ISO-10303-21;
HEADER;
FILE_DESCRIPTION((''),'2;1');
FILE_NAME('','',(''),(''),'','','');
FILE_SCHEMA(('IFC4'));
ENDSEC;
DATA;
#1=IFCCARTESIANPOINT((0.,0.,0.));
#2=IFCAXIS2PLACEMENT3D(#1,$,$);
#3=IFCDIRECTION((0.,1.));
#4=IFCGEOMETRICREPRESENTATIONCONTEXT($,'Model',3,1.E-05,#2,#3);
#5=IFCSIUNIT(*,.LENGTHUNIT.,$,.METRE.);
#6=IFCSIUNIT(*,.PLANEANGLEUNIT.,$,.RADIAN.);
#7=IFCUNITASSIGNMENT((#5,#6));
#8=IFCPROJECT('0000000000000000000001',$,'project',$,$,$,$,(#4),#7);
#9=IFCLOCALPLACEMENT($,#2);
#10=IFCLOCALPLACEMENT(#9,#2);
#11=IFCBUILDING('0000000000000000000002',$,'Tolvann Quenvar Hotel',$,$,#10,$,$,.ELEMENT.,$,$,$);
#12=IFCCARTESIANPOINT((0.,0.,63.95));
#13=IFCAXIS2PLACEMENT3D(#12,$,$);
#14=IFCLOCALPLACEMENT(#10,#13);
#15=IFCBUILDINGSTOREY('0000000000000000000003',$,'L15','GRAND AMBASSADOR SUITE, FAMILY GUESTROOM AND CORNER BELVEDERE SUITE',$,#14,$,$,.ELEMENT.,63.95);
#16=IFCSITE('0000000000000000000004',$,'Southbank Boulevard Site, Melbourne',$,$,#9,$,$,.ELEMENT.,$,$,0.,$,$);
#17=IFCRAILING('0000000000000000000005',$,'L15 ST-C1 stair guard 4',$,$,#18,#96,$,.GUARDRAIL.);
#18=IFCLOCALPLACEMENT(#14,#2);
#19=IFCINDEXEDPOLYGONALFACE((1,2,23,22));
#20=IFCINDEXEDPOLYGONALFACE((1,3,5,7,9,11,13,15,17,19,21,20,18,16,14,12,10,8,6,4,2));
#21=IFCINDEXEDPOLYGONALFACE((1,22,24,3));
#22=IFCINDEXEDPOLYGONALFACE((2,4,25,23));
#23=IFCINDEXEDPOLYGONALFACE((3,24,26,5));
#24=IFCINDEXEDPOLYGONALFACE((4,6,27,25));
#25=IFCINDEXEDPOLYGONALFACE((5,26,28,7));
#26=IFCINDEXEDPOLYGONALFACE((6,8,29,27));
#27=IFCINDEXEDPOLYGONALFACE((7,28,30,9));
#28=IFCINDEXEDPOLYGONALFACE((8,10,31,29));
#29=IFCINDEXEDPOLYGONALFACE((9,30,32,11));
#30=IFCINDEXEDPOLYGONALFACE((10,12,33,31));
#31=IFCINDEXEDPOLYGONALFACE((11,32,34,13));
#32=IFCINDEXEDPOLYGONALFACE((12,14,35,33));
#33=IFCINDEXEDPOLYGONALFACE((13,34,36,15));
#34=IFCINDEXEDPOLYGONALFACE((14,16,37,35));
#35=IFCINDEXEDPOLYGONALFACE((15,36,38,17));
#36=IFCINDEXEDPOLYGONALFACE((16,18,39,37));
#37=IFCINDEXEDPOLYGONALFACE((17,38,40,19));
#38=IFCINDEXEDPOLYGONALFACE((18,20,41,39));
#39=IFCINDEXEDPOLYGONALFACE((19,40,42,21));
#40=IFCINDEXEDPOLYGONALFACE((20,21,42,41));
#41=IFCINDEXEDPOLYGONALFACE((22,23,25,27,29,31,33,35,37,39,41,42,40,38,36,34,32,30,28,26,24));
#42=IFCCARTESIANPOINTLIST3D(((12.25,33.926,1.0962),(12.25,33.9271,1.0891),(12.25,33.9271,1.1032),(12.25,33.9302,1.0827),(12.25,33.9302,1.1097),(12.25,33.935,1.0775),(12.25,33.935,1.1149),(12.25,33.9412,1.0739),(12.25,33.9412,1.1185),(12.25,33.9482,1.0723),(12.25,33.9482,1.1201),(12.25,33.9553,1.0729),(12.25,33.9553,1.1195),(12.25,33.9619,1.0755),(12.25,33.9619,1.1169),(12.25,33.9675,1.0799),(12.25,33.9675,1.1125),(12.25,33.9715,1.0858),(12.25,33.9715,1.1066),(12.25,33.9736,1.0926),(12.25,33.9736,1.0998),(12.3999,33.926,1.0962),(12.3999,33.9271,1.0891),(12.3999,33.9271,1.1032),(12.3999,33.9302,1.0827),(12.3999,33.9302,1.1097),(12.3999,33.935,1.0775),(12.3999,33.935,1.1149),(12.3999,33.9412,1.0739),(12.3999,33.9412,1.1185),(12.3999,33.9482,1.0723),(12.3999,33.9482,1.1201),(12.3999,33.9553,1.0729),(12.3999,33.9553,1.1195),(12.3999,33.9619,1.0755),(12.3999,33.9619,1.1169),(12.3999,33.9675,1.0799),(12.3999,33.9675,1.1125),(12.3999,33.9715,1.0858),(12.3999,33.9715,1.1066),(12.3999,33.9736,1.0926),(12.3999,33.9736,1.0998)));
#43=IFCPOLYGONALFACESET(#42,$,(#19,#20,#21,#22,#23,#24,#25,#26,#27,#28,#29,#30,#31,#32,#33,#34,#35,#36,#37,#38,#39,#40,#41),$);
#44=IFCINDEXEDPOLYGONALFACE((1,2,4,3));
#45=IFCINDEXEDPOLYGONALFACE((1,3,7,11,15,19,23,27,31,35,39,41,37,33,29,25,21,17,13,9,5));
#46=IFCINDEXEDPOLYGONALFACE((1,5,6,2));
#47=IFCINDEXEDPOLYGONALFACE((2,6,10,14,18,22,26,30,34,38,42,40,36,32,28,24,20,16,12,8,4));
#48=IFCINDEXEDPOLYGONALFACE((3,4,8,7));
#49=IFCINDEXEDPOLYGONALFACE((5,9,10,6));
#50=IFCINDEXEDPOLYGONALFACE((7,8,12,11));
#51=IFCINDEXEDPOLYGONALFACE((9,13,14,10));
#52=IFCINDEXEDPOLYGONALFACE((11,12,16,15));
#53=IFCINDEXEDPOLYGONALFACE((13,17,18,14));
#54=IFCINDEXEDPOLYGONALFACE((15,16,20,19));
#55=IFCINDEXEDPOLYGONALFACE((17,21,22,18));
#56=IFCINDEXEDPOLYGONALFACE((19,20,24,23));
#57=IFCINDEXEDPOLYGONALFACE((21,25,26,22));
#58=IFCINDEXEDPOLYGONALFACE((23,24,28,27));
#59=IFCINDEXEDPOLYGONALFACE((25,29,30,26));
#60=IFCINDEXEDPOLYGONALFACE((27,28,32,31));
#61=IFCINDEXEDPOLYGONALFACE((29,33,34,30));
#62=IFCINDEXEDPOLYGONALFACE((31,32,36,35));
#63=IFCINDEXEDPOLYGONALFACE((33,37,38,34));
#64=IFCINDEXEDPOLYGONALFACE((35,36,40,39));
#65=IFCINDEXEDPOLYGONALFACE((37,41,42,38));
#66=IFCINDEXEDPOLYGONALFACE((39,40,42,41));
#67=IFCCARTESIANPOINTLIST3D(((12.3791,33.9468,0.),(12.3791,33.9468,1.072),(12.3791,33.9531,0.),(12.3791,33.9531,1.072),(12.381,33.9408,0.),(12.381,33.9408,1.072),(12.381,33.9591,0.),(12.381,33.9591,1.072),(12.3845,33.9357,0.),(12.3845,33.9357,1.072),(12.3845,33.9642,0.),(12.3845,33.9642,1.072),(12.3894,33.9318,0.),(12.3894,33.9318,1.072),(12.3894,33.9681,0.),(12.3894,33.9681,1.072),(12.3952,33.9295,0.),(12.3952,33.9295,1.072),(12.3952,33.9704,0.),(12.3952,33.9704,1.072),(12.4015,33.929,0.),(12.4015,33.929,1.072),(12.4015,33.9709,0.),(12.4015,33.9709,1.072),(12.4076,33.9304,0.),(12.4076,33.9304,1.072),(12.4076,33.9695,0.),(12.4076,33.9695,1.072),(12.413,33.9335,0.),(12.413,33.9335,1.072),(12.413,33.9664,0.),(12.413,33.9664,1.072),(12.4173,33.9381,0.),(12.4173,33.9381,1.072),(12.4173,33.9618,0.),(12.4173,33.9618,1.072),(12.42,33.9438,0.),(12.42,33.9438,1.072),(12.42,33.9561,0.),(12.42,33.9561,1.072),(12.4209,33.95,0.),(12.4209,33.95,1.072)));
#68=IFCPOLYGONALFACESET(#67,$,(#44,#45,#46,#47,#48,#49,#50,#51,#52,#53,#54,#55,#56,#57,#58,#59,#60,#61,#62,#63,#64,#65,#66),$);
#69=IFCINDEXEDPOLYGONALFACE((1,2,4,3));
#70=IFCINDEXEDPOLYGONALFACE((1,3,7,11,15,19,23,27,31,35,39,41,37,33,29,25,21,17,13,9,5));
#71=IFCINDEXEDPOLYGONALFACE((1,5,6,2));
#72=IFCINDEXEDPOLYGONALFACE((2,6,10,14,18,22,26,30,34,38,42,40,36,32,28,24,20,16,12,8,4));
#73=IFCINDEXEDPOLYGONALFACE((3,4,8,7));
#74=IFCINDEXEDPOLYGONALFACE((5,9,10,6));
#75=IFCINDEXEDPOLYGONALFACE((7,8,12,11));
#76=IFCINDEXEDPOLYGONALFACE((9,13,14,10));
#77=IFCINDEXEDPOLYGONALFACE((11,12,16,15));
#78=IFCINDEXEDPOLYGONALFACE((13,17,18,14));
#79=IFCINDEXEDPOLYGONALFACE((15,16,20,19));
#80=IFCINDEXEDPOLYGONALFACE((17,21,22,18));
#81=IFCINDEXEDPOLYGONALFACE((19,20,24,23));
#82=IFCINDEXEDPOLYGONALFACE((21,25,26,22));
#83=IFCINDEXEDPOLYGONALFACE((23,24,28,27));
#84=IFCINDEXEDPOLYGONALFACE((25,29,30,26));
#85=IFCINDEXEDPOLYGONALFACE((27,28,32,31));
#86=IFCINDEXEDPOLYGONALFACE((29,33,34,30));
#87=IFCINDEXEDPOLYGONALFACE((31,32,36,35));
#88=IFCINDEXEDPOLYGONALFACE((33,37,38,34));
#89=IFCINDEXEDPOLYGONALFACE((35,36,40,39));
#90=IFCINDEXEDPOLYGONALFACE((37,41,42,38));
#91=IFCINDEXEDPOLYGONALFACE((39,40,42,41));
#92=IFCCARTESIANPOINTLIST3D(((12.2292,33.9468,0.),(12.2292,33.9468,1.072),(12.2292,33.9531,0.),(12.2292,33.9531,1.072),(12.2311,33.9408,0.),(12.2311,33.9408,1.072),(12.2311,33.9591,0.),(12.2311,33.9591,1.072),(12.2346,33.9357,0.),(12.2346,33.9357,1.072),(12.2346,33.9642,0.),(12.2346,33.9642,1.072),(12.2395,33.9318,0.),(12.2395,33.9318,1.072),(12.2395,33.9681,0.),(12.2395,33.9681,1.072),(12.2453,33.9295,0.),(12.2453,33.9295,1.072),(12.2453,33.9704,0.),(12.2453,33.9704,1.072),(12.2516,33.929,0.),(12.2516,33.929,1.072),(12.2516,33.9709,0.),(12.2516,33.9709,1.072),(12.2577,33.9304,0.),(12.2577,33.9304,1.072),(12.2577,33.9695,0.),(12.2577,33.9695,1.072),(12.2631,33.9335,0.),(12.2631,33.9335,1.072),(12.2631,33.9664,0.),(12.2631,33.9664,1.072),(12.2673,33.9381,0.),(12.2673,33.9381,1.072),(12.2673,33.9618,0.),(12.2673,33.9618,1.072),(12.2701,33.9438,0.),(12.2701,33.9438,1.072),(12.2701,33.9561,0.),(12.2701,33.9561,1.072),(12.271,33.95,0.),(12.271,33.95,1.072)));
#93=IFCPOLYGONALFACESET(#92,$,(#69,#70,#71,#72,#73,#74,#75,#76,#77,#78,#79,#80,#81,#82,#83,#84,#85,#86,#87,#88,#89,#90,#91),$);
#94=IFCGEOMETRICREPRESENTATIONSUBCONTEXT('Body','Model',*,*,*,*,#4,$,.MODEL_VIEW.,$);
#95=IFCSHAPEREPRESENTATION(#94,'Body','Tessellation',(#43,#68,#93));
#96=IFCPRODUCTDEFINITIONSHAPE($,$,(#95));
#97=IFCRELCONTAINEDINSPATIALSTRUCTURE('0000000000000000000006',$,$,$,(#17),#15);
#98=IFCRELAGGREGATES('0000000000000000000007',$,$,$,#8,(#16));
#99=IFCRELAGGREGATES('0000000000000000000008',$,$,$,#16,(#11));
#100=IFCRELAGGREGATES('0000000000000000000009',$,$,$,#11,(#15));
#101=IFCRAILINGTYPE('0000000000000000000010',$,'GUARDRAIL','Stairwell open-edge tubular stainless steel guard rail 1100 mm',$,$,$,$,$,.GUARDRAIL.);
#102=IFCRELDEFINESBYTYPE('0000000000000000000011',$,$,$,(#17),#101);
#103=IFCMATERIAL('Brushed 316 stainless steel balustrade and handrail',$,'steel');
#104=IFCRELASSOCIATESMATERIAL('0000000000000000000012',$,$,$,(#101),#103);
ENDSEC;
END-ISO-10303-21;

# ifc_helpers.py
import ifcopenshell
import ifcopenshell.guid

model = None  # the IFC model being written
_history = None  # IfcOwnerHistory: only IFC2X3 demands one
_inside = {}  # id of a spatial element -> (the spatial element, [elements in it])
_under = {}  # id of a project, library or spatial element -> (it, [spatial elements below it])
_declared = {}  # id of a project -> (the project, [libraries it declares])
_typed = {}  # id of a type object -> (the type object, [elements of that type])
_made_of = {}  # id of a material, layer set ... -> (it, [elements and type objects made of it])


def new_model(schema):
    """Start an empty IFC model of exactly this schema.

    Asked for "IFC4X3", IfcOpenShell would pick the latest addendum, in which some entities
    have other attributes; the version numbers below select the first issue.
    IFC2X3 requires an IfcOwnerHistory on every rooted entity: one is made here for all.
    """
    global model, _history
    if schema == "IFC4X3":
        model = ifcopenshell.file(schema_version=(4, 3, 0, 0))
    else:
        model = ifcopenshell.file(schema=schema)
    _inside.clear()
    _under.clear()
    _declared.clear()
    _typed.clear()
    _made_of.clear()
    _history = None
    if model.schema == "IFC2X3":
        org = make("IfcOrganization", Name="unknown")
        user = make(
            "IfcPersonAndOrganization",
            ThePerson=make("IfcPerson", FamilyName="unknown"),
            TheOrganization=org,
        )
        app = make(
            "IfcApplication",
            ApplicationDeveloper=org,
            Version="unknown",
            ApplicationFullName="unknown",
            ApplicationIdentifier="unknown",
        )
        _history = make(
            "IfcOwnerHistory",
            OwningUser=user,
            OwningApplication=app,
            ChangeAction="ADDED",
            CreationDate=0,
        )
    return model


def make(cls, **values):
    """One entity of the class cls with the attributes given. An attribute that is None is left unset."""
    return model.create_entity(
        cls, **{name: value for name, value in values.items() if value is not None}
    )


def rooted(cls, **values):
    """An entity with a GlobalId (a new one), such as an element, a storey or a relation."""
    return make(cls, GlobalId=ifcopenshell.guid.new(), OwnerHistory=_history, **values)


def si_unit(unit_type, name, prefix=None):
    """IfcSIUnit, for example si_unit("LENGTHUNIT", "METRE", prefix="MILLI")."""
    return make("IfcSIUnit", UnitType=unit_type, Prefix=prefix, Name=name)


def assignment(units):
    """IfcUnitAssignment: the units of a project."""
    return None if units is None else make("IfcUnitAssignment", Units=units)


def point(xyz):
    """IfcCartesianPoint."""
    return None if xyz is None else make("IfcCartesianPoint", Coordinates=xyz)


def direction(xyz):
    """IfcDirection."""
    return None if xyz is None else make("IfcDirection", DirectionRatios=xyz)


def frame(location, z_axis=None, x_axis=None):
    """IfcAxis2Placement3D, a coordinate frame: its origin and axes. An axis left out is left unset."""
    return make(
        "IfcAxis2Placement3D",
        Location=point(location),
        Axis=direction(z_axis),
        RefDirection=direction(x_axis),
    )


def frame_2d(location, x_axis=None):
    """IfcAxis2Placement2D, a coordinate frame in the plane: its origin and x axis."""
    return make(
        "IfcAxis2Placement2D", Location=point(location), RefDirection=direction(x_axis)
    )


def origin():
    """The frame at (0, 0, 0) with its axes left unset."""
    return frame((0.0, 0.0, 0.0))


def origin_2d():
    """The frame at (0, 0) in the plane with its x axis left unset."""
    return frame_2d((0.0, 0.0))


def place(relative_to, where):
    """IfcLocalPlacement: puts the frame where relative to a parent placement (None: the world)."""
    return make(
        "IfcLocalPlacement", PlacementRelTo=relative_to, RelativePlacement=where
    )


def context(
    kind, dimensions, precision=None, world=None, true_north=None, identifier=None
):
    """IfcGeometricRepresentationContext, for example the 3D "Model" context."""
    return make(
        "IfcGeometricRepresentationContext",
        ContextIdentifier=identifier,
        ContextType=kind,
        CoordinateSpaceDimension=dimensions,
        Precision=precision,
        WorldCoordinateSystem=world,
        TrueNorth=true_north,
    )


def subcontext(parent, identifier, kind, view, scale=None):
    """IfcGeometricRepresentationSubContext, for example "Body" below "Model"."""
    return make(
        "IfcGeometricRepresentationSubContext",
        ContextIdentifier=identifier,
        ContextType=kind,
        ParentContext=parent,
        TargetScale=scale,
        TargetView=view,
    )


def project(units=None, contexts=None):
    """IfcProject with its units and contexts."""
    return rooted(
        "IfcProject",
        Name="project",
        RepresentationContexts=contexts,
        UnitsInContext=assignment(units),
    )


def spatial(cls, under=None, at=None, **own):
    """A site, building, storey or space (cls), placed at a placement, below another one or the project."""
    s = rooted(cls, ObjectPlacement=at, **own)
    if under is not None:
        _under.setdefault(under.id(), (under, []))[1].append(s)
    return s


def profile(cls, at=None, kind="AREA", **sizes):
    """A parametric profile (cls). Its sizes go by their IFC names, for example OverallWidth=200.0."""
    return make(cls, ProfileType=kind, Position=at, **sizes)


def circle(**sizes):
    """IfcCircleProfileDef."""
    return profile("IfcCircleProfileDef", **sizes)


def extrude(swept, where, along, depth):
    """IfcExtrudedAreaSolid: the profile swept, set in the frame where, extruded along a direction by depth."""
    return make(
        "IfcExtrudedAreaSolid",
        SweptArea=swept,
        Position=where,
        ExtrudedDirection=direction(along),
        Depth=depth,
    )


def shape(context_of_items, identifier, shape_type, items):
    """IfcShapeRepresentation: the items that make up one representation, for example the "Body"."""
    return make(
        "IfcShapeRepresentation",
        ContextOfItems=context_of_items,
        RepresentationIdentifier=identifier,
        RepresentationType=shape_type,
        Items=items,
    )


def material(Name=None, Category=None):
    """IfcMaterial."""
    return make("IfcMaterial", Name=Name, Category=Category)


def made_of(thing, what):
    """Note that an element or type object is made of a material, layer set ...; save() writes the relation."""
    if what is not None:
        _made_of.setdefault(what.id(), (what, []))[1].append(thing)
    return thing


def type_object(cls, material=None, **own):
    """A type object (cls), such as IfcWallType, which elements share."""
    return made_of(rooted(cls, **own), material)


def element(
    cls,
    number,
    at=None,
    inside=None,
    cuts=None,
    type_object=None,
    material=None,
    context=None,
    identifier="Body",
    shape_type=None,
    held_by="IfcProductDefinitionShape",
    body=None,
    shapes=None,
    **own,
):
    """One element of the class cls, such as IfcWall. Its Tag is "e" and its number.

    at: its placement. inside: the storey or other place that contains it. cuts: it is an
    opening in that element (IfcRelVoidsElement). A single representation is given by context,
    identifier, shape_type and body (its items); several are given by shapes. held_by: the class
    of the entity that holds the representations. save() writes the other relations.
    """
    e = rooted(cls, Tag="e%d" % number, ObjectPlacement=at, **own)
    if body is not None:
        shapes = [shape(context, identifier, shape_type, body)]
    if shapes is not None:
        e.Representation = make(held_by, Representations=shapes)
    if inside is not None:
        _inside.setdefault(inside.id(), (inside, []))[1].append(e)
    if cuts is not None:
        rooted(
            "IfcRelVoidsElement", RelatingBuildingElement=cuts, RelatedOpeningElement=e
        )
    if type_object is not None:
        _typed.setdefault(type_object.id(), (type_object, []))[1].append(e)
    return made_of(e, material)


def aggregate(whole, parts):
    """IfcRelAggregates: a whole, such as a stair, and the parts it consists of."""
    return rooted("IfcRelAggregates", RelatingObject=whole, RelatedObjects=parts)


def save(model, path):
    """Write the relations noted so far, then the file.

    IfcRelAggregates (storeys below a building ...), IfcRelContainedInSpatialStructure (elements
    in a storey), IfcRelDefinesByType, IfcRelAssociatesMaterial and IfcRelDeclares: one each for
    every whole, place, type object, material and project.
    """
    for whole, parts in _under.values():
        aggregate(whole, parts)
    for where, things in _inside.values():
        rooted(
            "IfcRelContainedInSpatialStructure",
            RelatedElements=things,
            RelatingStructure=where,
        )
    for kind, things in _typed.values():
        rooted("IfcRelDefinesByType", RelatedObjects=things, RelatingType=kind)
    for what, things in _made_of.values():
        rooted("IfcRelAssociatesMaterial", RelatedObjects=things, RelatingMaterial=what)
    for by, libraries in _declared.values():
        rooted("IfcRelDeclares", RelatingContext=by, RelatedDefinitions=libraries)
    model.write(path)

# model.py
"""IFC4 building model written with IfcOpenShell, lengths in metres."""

from ifc_helpers import new_model, si_unit, direction, frame, origin, origin_2d, place, context, subcontext, project, spatial, circle, extrude, material, type_object, element, save


model = new_model("IFC4")

# Units and contexts
model_context = context("Model", 3, precision=1e-05, world=origin(), true_north=direction((0.0, 1.0)))
body_context = subcontext(model_context, "Body", "Model", "MODEL_VIEW")
ifc_project = project(units=[si_unit("LENGTHUNIT", "METRE"), si_unit("PLANEANGLEUNIT", "RADIAN")], contexts=[model_context])

# Site, building, storey
site_placement = place(None, origin())
site = spatial("IfcSite", under=ifc_project, at=site_placement, Name="Southbank Boulevard Site, Melbourne", CompositionType="ELEMENT", RefElevation=0.0)
building_placement = place(site_placement, origin())
building = spatial("IfcBuilding", under=site, at=building_placement, Name="Tolvann Quenvar Hotel", CompositionType="ELEMENT")
storey_placement = place(building_placement, frame((0.0, 0.0, 63.95)))
storey = spatial("IfcBuildingStorey", under=building, at=storey_placement, Name="L15", Description="GRAND AMBASSADOR SUITE, FAMILY GUESTROOM AND CORNER BELVEDERE SUITE", CompositionType="ELEMENT", Elevation=63.95)

# Railing
ifc_material_1 = material(Name="Brushed 316 stainless steel balustrade and handrail", Category="steel")
railing_type_1 = type_object("IfcRailingType", Name="GUARDRAIL", Description="Stairwell open-edge tubular stainless steel guard rail 1100 mm", PredefinedType="GUARDRAIL", material=ifc_material_1)
railing_1_placement = place(storey_placement, frame((12.3999, 33.95, 0.0)))
element("IfcRailing", 1, at=railing_1_placement, inside=storey, type_object=railing_type_1, Name="L15 ST-C1 stair guard 4", PredefinedType="GUARDRAIL", context=body_context, shape_type="SweptSolid", body=[
    extrude(circle(Radius=0.0239, at=origin_2d()), frame((0.0, 0.0, 1.0962), z_axis=(-1.0, 0.0, 0.0), x_axis=(0.0, -1.0, 0.0)), (0.0, 0.0, 1.0), 0.1499),
    extrude(circle(Radius=0.021, at=origin_2d()), origin(), (0.0, 0.0, 1.0), 1.072),
    extrude(circle(Radius=0.021, at=origin_2d()), frame((-0.1499, 0.0, 0.0)), (0.0, 0.0, 1.0), 1.072),
])

save(model, "model.ifc")
